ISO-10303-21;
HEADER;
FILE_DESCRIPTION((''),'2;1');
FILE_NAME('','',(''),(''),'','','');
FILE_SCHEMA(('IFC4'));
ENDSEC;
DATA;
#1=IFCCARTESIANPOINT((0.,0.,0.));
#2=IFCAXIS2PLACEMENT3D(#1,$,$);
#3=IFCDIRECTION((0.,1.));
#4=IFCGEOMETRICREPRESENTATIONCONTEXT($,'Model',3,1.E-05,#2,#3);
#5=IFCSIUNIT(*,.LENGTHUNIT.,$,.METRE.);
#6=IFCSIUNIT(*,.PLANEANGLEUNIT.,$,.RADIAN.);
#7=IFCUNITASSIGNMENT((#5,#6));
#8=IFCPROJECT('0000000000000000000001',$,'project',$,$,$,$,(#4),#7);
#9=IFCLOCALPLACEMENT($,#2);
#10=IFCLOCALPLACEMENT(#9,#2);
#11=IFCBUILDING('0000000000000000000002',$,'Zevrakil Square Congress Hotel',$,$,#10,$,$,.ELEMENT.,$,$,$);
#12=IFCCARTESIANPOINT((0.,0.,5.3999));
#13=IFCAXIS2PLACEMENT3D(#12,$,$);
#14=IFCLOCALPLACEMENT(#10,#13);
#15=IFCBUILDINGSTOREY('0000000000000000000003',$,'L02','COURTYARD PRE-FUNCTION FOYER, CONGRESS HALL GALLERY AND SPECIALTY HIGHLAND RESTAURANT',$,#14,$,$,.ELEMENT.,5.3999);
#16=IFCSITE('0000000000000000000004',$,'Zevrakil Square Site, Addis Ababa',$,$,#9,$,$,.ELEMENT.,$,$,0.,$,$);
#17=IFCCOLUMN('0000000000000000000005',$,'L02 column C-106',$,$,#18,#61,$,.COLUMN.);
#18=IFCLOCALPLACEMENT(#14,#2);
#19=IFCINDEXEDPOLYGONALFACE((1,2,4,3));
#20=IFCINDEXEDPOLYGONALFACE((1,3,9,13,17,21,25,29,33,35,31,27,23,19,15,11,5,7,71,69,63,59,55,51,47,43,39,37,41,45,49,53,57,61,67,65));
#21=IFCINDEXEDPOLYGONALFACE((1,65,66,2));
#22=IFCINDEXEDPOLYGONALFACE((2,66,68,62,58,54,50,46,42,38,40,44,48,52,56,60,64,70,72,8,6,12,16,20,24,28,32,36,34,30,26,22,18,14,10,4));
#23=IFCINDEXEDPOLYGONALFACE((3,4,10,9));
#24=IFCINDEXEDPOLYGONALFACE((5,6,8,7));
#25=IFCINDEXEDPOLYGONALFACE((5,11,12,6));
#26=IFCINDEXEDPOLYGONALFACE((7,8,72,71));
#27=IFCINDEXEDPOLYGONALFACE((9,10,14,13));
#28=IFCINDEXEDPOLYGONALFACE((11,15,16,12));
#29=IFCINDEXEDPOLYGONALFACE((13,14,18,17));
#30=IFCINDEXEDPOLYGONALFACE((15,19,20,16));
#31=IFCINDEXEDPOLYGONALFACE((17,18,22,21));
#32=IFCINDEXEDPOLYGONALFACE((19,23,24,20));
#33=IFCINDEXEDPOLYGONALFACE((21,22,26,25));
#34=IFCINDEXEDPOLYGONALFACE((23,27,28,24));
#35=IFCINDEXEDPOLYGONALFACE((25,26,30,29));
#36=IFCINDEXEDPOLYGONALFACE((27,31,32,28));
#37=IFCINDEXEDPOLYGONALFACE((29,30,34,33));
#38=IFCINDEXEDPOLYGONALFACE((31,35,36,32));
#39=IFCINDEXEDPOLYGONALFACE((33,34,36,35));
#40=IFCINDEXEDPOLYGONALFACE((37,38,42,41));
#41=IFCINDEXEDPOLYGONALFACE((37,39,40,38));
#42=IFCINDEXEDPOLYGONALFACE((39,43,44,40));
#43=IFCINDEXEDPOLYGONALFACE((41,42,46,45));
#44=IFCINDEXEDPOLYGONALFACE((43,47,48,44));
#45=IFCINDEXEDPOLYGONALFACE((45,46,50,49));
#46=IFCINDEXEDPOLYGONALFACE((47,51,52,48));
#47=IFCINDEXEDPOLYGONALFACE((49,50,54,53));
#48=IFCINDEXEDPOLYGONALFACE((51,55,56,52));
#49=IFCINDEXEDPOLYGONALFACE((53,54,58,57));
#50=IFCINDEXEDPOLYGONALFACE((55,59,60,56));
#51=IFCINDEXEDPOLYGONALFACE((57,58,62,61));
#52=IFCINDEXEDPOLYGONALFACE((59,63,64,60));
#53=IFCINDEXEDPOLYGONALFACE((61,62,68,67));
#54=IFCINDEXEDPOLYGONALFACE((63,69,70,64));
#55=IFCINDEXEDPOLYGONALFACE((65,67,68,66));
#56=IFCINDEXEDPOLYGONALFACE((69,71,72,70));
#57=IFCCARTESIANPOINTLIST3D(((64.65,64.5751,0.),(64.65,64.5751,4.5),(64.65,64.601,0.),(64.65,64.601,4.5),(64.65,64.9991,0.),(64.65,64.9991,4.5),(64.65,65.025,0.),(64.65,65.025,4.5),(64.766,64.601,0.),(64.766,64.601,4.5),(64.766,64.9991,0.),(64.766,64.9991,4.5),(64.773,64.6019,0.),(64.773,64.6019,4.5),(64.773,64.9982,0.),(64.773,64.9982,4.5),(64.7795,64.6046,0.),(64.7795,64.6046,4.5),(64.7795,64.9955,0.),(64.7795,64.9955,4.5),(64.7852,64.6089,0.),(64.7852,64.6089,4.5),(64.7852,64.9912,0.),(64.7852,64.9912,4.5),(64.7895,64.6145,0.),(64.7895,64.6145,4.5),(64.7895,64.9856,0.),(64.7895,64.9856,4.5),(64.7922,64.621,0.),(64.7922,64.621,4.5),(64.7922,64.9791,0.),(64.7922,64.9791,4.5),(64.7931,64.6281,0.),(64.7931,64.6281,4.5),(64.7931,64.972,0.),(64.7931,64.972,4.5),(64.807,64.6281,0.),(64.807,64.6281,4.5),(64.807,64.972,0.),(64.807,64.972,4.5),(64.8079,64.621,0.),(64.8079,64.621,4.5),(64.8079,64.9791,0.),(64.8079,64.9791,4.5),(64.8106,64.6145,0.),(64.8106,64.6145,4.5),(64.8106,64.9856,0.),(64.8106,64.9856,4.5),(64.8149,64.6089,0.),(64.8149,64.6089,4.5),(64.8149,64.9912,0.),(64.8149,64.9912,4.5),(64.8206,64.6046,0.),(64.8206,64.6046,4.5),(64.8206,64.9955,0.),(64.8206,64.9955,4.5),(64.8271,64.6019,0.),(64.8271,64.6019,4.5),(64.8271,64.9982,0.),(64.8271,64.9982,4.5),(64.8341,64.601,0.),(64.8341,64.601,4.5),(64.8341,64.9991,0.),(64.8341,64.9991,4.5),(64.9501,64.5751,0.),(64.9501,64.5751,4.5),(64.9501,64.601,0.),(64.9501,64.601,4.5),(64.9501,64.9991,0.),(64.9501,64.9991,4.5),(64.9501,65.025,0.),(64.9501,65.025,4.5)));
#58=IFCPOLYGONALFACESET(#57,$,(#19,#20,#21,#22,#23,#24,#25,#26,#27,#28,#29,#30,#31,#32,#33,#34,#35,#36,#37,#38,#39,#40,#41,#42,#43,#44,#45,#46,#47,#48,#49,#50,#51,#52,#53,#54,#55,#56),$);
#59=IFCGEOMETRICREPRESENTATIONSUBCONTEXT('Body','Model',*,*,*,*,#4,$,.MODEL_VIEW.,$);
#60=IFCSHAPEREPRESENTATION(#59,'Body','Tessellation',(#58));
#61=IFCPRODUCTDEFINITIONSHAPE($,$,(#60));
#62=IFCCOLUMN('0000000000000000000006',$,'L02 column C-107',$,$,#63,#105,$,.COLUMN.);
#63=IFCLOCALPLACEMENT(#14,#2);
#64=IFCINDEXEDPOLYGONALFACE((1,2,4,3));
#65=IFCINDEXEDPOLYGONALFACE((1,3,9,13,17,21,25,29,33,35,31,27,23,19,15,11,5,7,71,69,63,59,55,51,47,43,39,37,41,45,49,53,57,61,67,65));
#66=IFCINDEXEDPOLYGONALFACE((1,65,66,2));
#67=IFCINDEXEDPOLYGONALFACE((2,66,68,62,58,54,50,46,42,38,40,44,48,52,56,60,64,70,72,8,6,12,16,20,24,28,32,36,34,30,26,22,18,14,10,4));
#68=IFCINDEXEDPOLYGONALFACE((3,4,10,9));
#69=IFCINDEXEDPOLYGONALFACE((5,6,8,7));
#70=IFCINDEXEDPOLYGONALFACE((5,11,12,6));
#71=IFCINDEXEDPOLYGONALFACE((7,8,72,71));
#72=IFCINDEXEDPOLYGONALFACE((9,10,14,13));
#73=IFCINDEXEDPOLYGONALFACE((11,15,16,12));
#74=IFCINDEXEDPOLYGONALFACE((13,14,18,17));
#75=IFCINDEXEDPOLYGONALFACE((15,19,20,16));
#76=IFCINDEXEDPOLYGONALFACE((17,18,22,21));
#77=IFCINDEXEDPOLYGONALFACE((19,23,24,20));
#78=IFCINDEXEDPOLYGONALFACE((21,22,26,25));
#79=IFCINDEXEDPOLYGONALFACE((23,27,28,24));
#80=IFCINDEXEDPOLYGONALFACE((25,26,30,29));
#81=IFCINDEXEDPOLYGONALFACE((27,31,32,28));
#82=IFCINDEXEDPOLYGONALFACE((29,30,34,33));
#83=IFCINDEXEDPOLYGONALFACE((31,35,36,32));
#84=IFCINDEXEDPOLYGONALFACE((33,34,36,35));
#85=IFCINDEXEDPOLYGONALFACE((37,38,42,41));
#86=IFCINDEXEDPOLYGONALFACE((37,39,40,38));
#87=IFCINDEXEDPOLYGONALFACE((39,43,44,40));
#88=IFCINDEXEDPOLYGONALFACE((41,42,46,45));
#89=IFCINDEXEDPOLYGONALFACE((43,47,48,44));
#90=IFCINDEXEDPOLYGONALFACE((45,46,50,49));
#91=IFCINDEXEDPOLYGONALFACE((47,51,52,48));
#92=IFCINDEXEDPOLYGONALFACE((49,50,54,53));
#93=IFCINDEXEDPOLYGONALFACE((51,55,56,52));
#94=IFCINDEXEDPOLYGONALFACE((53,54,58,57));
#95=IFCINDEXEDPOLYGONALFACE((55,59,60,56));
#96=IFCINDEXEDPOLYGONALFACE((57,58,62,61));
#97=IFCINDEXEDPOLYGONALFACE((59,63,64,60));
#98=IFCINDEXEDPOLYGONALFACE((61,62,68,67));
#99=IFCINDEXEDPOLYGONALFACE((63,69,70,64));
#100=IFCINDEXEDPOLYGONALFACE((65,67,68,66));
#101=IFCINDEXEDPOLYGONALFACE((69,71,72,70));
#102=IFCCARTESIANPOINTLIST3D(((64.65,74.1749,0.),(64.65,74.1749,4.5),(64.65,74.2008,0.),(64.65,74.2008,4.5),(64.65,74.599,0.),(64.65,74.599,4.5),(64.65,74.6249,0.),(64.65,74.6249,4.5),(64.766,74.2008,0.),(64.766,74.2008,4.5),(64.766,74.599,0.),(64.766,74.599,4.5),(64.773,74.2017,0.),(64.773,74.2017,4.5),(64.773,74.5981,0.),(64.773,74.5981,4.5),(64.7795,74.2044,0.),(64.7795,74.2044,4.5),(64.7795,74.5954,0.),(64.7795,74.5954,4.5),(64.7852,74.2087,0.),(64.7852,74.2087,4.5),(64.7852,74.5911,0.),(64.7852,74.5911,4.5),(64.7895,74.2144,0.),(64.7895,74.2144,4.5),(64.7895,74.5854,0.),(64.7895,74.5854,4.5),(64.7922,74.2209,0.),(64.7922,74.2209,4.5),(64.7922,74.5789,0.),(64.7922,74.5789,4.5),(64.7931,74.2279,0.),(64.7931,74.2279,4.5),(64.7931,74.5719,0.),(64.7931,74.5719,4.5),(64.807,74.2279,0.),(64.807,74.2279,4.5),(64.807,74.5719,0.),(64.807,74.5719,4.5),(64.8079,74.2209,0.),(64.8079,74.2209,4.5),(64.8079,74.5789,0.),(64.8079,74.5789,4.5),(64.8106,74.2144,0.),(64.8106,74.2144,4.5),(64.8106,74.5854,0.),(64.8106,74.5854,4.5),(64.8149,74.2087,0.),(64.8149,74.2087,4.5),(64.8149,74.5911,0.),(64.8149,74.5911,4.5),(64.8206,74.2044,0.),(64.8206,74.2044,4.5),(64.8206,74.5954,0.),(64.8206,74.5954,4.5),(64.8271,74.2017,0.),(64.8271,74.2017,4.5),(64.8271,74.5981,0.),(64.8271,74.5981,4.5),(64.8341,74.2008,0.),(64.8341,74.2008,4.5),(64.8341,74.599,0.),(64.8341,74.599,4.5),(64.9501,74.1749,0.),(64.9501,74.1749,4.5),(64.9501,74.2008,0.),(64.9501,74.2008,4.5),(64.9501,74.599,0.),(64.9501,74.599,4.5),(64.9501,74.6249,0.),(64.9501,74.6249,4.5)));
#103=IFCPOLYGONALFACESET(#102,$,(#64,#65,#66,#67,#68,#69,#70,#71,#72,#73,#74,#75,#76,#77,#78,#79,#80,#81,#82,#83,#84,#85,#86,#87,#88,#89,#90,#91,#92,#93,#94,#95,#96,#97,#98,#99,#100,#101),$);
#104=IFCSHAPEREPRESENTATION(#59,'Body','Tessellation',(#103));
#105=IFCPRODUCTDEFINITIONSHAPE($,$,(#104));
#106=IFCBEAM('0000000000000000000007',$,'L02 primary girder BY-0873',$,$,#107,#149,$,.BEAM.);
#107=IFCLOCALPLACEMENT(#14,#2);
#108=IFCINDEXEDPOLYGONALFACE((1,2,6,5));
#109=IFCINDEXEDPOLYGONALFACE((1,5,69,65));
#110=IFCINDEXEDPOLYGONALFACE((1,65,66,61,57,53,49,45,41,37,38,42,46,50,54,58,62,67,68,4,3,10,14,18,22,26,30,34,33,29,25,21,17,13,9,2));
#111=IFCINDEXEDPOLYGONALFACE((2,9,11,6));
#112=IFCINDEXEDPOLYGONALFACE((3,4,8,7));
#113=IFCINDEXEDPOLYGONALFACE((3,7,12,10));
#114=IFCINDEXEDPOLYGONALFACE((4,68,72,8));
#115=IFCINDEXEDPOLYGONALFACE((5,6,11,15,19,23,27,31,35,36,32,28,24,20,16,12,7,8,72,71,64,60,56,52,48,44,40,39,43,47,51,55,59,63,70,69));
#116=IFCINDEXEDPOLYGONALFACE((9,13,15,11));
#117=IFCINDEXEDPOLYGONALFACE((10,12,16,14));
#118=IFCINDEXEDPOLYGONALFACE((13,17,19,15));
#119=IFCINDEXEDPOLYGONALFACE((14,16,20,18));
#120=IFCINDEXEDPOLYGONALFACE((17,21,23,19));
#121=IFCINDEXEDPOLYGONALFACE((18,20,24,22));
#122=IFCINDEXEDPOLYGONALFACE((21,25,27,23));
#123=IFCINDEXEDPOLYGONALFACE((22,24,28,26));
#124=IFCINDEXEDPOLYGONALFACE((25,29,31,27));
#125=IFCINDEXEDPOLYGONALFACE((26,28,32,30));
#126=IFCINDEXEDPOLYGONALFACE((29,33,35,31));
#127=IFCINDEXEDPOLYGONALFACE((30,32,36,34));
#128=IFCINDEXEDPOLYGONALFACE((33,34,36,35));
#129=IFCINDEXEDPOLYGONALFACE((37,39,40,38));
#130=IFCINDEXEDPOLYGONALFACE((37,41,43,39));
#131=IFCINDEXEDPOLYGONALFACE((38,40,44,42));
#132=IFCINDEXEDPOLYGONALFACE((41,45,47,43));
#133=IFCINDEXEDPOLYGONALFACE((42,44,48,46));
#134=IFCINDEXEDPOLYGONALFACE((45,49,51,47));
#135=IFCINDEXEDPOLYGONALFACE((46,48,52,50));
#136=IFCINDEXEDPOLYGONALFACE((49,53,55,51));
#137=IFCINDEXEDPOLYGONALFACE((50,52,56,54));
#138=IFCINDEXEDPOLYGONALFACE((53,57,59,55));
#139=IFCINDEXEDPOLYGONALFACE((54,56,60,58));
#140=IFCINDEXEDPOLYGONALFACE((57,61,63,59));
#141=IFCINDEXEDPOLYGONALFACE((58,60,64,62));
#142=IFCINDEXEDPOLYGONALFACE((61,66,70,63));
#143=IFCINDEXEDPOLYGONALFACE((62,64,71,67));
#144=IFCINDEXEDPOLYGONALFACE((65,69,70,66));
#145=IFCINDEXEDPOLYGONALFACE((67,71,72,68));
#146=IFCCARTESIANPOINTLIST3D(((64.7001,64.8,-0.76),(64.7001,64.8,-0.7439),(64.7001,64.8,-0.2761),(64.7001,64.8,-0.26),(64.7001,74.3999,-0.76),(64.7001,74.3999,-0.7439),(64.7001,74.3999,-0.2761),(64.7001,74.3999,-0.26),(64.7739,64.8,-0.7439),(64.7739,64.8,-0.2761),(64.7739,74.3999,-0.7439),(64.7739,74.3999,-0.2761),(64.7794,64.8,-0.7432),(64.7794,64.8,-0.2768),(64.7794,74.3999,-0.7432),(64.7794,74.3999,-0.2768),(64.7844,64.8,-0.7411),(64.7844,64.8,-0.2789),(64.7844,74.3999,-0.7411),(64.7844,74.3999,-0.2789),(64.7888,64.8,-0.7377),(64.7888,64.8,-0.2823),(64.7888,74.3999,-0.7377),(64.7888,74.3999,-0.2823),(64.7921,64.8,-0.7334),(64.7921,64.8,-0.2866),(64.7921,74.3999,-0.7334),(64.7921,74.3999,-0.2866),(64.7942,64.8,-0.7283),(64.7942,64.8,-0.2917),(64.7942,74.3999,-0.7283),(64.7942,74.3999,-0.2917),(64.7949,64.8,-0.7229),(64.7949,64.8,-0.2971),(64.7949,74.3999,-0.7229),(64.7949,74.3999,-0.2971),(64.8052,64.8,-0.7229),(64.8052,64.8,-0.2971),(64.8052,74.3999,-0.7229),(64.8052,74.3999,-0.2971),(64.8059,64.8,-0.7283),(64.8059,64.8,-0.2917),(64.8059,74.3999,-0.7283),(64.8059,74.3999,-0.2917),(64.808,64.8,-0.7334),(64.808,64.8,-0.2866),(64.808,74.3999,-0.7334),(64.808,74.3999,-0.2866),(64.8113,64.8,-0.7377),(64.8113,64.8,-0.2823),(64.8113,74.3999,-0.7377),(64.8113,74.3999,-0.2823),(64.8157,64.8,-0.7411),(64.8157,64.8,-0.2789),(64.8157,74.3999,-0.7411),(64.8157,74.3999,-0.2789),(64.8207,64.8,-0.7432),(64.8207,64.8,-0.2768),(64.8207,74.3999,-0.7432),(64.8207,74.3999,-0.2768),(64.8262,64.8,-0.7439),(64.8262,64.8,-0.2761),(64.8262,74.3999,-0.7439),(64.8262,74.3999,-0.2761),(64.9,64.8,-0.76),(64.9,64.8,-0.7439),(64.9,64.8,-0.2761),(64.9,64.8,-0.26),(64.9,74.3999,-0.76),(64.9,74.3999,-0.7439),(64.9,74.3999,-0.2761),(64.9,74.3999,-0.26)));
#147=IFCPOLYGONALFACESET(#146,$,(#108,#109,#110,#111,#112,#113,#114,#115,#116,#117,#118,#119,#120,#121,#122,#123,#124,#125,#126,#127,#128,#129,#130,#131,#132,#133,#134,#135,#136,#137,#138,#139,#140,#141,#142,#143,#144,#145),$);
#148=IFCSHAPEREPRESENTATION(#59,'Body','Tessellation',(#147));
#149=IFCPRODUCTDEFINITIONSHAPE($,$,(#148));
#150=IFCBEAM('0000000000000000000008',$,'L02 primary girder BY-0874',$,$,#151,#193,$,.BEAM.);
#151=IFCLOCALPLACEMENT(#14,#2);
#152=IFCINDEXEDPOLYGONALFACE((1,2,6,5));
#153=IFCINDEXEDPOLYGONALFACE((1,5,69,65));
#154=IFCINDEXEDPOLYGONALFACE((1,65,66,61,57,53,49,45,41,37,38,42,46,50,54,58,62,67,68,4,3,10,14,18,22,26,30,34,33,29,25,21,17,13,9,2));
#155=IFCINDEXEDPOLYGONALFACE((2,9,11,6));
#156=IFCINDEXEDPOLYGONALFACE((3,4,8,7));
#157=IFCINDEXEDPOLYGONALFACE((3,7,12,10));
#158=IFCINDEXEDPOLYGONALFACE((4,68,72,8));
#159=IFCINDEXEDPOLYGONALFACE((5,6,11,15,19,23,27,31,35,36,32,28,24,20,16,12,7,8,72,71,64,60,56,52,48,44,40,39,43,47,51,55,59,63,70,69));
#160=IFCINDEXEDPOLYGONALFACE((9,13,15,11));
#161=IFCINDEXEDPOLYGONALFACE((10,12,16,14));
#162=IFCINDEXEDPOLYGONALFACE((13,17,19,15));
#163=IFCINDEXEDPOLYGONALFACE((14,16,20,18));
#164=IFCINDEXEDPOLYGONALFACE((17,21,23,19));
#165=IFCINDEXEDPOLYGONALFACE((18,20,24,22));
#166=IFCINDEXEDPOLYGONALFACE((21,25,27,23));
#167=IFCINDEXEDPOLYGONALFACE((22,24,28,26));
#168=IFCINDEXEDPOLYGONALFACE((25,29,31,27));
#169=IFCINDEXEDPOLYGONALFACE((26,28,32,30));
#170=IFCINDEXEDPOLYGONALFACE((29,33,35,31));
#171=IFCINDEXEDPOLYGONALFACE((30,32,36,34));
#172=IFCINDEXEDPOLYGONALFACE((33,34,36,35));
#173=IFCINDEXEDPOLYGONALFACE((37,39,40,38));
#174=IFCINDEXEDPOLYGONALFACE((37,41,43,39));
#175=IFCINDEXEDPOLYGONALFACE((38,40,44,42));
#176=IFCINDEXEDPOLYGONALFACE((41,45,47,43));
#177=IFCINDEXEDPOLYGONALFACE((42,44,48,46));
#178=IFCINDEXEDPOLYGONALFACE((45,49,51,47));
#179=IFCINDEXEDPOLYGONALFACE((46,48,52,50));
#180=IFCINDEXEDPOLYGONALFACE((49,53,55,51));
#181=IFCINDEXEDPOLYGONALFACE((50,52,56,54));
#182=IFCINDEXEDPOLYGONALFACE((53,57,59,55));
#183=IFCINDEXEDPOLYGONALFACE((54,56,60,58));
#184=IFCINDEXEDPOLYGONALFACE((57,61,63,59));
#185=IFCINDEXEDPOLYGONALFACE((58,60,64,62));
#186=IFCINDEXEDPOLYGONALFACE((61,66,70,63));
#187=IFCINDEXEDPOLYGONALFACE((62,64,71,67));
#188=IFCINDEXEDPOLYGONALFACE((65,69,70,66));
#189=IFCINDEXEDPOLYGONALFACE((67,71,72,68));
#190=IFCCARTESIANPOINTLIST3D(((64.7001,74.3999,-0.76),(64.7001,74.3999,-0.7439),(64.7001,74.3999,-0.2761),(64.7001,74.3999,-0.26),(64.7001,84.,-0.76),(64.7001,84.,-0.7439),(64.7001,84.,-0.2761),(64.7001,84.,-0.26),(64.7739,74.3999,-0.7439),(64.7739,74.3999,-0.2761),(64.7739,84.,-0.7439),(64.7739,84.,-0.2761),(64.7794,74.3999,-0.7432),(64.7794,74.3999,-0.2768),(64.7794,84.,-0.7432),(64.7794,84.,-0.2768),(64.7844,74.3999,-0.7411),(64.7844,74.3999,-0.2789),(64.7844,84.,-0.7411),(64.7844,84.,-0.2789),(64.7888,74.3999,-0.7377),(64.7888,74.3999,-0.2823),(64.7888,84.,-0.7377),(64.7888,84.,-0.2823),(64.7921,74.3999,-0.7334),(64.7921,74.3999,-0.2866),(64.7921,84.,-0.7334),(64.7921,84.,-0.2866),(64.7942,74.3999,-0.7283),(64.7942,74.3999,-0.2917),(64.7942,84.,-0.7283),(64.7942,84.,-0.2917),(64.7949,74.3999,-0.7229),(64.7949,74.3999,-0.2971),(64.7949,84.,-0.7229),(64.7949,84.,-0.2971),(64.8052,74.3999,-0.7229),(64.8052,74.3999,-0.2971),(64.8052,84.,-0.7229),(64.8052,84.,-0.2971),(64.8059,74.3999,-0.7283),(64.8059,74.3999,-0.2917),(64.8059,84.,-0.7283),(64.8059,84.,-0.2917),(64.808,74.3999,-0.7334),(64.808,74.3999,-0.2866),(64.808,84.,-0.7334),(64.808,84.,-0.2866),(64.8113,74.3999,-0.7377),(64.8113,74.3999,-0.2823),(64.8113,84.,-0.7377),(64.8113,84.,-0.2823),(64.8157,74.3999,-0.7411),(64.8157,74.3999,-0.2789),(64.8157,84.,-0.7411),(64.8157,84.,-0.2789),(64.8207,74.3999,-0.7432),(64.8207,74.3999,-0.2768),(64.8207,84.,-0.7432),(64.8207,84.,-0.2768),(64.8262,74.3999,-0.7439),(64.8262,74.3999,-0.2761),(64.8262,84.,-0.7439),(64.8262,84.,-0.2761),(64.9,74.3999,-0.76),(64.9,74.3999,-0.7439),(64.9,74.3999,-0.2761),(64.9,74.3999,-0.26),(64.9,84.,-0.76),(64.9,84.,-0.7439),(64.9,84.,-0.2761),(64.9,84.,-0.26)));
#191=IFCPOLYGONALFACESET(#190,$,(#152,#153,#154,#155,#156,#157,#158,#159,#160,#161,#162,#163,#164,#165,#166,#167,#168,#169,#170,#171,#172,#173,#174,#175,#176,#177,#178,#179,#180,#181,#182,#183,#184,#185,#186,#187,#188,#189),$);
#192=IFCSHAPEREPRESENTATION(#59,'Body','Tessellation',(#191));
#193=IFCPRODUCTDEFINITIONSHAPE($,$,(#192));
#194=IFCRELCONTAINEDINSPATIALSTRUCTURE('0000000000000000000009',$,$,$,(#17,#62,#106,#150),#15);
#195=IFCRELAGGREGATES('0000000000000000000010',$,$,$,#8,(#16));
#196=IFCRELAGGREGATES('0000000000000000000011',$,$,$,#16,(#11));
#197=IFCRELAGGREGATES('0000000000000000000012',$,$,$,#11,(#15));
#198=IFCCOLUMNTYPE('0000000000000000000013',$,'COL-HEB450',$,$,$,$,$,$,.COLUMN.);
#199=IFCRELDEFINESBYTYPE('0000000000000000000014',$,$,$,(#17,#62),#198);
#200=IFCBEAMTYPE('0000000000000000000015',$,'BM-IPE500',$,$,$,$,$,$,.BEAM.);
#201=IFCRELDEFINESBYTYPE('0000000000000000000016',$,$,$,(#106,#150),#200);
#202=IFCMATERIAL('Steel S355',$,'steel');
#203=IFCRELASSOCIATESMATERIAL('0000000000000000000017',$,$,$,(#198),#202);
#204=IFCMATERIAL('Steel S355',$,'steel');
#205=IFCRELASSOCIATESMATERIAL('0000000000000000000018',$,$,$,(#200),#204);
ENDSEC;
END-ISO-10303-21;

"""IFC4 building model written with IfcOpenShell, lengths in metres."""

from ifc_helpers import new_model, si_unit, direction, frame, origin, origin_2d, place, context, subcontext, project, spatial, i_section, extrude, material, material_profile, profile_set, type_object, element, save


model = new_model("IFC4")

# Units and contexts
model_context = context("Model", 3, precision=1e-05, world=origin(), true_north=direction((0.0, 1.0)))
body_context = subcontext(model_context, "Body", "Model", "MODEL_VIEW")
ifc_project = project(units=[si_unit("LENGTHUNIT", "METRE"), si_unit("PLANEANGLEUNIT", "RADIAN")], contexts=[model_context])

# Site, building, storey
site_placement = place(None, origin())
site = spatial("IfcSite", under=ifc_project, at=site_placement, Name="Zevrakil Square Site, Addis Ababa", CompositionType="ELEMENT", RefElevation=0.0)
building_placement = place(site_placement, origin())
building = spatial("IfcBuilding", under=site, at=building_placement, Name="Zevrakil Square Congress Hotel", CompositionType="ELEMENT")
storey_placement = place(building_placement, frame((0.0, 0.0, 5.3999)))
storey = spatial("IfcBuildingStorey", under=building, at=storey_placement, Name="L02", Description="COURTYARD PRE-FUNCTION FOYER, CONGRESS HALL GALLERY AND SPECIALTY HIGHLAND RESTAURANT", CompositionType="ELEMENT", Elevation=5.3999)

# Columns
ifc_material_1 = material(Name="Steel S355", Category="steel")
ifc_material_profile_1 = material_profile(ifc_material_1, i_section(OverallWidth=0.3, OverallDepth=0.45, WebThickness=0.0139, FlangeThickness=0.0259, FilletRadius=0.0271, at=origin_2d()), Name="HEB 450")
ifc_profile_set_1 = profile_set([ifc_material_profile_1], Name="Steel S355")
column_type = type_object("IfcColumnType", Name="COL-HEB450", PredefinedType="COLUMN", material=ifc_profile_set_1)
for number, where, z_axis, x_axis, name in (
    (1, (64.8, 64.8, 0.0), (0.0, 0.0, 1.0), (1.0, 0.0, 0.0), "L02 column C-106"),
    (2, (64.8, 74.3999, 0.0), (0.0, 0.0, 1.0), (1.0, 0.0, 0.0), "L02 column C-107"),
):
    element("IfcColumn", number, at=place(storey_placement, frame(where, z_axis=z_axis, x_axis=x_axis)), inside=storey, type_object=column_type, Name=name, PredefinedType="COLUMN", context=body_context, shape_type="SweptSolid", body=[
        extrude(i_section(OverallWidth=0.3, OverallDepth=0.45, WebThickness=0.0139, FlangeThickness=0.0259, FilletRadius=0.0271, at=origin_2d()), origin(), (0.0, 0.0, 1.0), 4.5),
    ])

# Beams
ifc_material_2 = material(Name="Steel S355", Category="steel")
ifc_material_profile_2 = material_profile(ifc_material_2, i_section(OverallWidth=0.2, OverallDepth=0.5, WebThickness=0.0103, FlangeThickness=0.0161, FilletRadius=0.021, at=origin_2d()), Name="IPE 500")
ifc_profile_set_2 = profile_set([ifc_material_profile_2], Name="Steel S355")
beam_type = type_object("IfcBeamType", Name="BM-IPE500", PredefinedType="BEAM", material=ifc_profile_set_2)
beam_1_placement = place(storey_placement, frame((64.8, 64.8, -0.51), z_axis=(0.0, 1.0, 0.0), x_axis=(-1.0, 0.0, 0.0)))
element("IfcBeam", 3, at=beam_1_placement, inside=storey, type_object=beam_type, Name="L02 primary girder BY-0873", PredefinedType="BEAM", context=body_context, shape_type="SweptSolid", body=[
    extrude(i_section(OverallWidth=0.2, OverallDepth=0.5, WebThickness=0.0103, FlangeThickness=0.0161, FilletRadius=0.021, at=origin_2d()), origin(), (0.0, 0.0, 1.0), 9.5999),
])
beam_2_placement = place(storey_placement, frame((64.8, 74.3999, -0.51), z_axis=(0.0, 1.0, 0.0), x_axis=(-1.0, 0.0, 0.0)))
element("IfcBeam", 4, at=beam_2_placement, inside=storey, type_object=beam_type, Name="L02 primary girder BY-0874", PredefinedType="BEAM", context=body_context, shape_type="SweptSolid", body=[
    extrude(i_section(OverallWidth=0.2, OverallDepth=0.5, WebThickness=0.0103, FlangeThickness=0.0161, FilletRadius=0.021, at=origin_2d()), origin(), (0.0, 0.0, 1.0), 9.6001),
])

save(model, "model.ifc")
